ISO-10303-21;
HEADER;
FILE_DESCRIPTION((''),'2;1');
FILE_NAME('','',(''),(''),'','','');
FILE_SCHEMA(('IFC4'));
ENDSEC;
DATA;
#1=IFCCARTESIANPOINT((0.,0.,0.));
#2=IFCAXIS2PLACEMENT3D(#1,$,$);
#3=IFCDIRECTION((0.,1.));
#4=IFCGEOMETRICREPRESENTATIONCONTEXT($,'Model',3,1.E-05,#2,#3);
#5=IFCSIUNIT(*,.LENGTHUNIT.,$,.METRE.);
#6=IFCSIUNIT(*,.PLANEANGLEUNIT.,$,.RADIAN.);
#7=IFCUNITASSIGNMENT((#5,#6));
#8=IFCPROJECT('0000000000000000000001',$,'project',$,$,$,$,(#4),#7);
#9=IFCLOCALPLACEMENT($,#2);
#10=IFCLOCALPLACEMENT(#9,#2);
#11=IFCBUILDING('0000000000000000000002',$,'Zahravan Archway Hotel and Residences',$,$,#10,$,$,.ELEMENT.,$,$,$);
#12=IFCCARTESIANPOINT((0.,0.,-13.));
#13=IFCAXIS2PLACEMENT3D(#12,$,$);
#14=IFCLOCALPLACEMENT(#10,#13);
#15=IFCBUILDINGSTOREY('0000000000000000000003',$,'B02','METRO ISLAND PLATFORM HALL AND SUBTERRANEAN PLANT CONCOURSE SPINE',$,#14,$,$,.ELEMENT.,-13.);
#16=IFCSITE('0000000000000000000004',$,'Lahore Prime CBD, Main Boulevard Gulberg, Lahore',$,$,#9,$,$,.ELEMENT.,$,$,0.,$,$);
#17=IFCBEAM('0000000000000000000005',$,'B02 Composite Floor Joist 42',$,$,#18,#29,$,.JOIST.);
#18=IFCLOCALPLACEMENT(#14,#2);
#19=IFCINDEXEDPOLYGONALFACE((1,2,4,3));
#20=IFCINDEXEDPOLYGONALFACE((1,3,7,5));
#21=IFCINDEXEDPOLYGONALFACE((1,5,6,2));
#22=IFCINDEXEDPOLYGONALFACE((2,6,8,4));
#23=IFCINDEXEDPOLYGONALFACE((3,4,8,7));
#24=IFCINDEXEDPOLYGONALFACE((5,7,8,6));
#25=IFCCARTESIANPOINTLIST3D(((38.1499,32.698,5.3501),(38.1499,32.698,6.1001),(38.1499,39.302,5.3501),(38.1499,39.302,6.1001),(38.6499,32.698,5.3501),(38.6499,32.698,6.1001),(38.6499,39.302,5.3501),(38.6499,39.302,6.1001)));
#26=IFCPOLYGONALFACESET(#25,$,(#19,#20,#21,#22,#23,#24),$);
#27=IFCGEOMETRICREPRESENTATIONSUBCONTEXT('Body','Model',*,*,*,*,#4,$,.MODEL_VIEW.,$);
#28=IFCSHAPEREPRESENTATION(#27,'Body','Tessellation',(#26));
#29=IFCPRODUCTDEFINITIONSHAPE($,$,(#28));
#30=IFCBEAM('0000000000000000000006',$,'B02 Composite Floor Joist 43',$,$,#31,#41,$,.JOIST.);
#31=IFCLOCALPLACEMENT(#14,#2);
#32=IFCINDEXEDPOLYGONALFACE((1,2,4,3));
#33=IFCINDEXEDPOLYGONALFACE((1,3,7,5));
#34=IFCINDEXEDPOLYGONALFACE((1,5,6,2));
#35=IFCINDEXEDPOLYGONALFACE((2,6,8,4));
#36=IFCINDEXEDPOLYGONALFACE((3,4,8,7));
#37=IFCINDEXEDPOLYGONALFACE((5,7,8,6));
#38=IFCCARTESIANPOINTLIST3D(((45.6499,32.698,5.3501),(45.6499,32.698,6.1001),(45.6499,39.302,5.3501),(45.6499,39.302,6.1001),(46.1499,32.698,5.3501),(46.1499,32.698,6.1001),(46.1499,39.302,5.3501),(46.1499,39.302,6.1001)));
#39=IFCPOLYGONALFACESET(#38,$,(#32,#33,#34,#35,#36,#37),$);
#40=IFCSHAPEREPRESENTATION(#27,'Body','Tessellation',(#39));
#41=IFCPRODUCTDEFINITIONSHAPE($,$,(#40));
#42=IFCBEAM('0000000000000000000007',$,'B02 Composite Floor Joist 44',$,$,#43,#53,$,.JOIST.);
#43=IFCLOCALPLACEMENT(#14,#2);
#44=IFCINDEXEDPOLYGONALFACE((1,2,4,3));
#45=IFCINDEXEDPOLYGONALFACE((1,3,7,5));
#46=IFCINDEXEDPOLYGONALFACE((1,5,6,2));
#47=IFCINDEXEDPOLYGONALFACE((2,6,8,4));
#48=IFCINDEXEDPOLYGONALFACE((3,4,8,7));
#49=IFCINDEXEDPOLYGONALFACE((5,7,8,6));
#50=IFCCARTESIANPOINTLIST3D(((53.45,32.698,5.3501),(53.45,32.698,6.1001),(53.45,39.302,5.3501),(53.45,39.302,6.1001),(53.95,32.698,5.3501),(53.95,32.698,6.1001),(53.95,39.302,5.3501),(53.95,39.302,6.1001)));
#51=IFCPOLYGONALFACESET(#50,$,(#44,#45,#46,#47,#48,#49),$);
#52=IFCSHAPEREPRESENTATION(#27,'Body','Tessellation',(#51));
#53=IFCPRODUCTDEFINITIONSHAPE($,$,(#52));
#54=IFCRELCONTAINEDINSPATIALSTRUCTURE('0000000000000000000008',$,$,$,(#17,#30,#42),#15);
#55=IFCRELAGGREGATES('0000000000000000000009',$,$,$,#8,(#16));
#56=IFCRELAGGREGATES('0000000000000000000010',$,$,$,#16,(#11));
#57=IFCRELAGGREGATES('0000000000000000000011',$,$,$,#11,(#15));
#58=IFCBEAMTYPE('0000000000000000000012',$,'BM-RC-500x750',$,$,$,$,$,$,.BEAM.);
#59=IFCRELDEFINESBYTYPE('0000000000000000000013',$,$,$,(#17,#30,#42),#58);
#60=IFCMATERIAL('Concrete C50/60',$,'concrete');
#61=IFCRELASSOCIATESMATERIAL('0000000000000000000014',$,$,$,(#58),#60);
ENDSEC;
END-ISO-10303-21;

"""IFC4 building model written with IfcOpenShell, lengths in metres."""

from ifc_helpers import new_model, si_unit, direction, frame, origin, origin_2d, place, context, subcontext, project, spatial, rectangle, extrude, source, transform, mapped, material, material_profile, profile_set, type_object, type_shapes, element, save


model = new_model("IFC4")

# Units and contexts
model_context = context("Model", 3, precision=1e-05, world=origin(), true_north=direction((0.0, 1.0)))
body_context = subcontext(model_context, "Body", "Model", "MODEL_VIEW")
ifc_project = project(units=[si_unit("LENGTHUNIT", "METRE"), si_unit("PLANEANGLEUNIT", "RADIAN")], contexts=[model_context])

# Site, building, storey
site_placement = place(None, origin())
site = spatial("IfcSite", under=ifc_project, at=site_placement, Name="Lahore Prime CBD, Main Boulevard Gulberg, Lahore", CompositionType="ELEMENT", RefElevation=0.0)
building_placement = place(site_placement, origin())
building = spatial("IfcBuilding", under=site, at=building_placement, Name="Zahravan Archway Hotel and Residences", CompositionType="ELEMENT")
storey_placement = place(building_placement, frame((0.0, 0.0, -13.0)))
storey = spatial("IfcBuildingStorey", under=building, at=storey_placement, Name="B02", Description="METRO ISLAND PLATFORM HALL AND SUBTERRANEAN PLANT CONCOURSE SPINE", CompositionType="ELEMENT", Elevation=-13.0)

# Shared definitions
ifc_material_1 = material(Name="Concrete C50/60", Category="concrete")

# Beams
ifc_material_profile_1 = material_profile(ifc_material_1, rectangle(XDim=0.5, YDim=0.75, at=origin_2d()), Name="RC-BM-500x750", Category="concrete")
ifc_profile_set_1 = profile_set([ifc_material_profile_1], Name="Concrete C50/60")
beam_type_1 = type_object("IfcBeamType", Name="BM-RC-500x750", PredefinedType="BEAM", material=ifc_profile_set_1)
shared_shape_1 = source(origin(), body_context, "Body", "SweptSolid", [
    extrude(rectangle(XDim=0.5, YDim=0.75, at=origin_2d()), origin(), (0.0, 0.0, 1.0), 6.604),
])
type_shapes(beam_type_1, [shared_shape_1])
for number, where, z_axis, x_axis, name in (
    (1, (38.3999, 32.698, 5.7251), (0.0, 1.0, 0.0), (-1.0, 0.0, 0.0), "B02 Composite Floor Joist 42"),
    (2, (45.8999, 32.698, 5.7251), (0.0, 1.0, 0.0), (-1.0, 0.0, 0.0), "B02 Composite Floor Joist 43"),
    (3, (53.7, 32.698, 5.7251), (0.0, 1.0, 0.0), (-1.0, 0.0, 0.0), "B02 Composite Floor Joist 44"),
):
    element("IfcBeam", number, at=place(storey_placement, frame(where, z_axis=z_axis, x_axis=x_axis)), inside=storey, type_object=beam_type_1, Name=name, PredefinedType="JOIST", context=body_context, shape_type="MappedRepresentation", body=[
        mapped(shared_shape_1, transform((0.0, 0.0, 0.0), scale=1.0)),
    ])

save(model, "model.ifc")
